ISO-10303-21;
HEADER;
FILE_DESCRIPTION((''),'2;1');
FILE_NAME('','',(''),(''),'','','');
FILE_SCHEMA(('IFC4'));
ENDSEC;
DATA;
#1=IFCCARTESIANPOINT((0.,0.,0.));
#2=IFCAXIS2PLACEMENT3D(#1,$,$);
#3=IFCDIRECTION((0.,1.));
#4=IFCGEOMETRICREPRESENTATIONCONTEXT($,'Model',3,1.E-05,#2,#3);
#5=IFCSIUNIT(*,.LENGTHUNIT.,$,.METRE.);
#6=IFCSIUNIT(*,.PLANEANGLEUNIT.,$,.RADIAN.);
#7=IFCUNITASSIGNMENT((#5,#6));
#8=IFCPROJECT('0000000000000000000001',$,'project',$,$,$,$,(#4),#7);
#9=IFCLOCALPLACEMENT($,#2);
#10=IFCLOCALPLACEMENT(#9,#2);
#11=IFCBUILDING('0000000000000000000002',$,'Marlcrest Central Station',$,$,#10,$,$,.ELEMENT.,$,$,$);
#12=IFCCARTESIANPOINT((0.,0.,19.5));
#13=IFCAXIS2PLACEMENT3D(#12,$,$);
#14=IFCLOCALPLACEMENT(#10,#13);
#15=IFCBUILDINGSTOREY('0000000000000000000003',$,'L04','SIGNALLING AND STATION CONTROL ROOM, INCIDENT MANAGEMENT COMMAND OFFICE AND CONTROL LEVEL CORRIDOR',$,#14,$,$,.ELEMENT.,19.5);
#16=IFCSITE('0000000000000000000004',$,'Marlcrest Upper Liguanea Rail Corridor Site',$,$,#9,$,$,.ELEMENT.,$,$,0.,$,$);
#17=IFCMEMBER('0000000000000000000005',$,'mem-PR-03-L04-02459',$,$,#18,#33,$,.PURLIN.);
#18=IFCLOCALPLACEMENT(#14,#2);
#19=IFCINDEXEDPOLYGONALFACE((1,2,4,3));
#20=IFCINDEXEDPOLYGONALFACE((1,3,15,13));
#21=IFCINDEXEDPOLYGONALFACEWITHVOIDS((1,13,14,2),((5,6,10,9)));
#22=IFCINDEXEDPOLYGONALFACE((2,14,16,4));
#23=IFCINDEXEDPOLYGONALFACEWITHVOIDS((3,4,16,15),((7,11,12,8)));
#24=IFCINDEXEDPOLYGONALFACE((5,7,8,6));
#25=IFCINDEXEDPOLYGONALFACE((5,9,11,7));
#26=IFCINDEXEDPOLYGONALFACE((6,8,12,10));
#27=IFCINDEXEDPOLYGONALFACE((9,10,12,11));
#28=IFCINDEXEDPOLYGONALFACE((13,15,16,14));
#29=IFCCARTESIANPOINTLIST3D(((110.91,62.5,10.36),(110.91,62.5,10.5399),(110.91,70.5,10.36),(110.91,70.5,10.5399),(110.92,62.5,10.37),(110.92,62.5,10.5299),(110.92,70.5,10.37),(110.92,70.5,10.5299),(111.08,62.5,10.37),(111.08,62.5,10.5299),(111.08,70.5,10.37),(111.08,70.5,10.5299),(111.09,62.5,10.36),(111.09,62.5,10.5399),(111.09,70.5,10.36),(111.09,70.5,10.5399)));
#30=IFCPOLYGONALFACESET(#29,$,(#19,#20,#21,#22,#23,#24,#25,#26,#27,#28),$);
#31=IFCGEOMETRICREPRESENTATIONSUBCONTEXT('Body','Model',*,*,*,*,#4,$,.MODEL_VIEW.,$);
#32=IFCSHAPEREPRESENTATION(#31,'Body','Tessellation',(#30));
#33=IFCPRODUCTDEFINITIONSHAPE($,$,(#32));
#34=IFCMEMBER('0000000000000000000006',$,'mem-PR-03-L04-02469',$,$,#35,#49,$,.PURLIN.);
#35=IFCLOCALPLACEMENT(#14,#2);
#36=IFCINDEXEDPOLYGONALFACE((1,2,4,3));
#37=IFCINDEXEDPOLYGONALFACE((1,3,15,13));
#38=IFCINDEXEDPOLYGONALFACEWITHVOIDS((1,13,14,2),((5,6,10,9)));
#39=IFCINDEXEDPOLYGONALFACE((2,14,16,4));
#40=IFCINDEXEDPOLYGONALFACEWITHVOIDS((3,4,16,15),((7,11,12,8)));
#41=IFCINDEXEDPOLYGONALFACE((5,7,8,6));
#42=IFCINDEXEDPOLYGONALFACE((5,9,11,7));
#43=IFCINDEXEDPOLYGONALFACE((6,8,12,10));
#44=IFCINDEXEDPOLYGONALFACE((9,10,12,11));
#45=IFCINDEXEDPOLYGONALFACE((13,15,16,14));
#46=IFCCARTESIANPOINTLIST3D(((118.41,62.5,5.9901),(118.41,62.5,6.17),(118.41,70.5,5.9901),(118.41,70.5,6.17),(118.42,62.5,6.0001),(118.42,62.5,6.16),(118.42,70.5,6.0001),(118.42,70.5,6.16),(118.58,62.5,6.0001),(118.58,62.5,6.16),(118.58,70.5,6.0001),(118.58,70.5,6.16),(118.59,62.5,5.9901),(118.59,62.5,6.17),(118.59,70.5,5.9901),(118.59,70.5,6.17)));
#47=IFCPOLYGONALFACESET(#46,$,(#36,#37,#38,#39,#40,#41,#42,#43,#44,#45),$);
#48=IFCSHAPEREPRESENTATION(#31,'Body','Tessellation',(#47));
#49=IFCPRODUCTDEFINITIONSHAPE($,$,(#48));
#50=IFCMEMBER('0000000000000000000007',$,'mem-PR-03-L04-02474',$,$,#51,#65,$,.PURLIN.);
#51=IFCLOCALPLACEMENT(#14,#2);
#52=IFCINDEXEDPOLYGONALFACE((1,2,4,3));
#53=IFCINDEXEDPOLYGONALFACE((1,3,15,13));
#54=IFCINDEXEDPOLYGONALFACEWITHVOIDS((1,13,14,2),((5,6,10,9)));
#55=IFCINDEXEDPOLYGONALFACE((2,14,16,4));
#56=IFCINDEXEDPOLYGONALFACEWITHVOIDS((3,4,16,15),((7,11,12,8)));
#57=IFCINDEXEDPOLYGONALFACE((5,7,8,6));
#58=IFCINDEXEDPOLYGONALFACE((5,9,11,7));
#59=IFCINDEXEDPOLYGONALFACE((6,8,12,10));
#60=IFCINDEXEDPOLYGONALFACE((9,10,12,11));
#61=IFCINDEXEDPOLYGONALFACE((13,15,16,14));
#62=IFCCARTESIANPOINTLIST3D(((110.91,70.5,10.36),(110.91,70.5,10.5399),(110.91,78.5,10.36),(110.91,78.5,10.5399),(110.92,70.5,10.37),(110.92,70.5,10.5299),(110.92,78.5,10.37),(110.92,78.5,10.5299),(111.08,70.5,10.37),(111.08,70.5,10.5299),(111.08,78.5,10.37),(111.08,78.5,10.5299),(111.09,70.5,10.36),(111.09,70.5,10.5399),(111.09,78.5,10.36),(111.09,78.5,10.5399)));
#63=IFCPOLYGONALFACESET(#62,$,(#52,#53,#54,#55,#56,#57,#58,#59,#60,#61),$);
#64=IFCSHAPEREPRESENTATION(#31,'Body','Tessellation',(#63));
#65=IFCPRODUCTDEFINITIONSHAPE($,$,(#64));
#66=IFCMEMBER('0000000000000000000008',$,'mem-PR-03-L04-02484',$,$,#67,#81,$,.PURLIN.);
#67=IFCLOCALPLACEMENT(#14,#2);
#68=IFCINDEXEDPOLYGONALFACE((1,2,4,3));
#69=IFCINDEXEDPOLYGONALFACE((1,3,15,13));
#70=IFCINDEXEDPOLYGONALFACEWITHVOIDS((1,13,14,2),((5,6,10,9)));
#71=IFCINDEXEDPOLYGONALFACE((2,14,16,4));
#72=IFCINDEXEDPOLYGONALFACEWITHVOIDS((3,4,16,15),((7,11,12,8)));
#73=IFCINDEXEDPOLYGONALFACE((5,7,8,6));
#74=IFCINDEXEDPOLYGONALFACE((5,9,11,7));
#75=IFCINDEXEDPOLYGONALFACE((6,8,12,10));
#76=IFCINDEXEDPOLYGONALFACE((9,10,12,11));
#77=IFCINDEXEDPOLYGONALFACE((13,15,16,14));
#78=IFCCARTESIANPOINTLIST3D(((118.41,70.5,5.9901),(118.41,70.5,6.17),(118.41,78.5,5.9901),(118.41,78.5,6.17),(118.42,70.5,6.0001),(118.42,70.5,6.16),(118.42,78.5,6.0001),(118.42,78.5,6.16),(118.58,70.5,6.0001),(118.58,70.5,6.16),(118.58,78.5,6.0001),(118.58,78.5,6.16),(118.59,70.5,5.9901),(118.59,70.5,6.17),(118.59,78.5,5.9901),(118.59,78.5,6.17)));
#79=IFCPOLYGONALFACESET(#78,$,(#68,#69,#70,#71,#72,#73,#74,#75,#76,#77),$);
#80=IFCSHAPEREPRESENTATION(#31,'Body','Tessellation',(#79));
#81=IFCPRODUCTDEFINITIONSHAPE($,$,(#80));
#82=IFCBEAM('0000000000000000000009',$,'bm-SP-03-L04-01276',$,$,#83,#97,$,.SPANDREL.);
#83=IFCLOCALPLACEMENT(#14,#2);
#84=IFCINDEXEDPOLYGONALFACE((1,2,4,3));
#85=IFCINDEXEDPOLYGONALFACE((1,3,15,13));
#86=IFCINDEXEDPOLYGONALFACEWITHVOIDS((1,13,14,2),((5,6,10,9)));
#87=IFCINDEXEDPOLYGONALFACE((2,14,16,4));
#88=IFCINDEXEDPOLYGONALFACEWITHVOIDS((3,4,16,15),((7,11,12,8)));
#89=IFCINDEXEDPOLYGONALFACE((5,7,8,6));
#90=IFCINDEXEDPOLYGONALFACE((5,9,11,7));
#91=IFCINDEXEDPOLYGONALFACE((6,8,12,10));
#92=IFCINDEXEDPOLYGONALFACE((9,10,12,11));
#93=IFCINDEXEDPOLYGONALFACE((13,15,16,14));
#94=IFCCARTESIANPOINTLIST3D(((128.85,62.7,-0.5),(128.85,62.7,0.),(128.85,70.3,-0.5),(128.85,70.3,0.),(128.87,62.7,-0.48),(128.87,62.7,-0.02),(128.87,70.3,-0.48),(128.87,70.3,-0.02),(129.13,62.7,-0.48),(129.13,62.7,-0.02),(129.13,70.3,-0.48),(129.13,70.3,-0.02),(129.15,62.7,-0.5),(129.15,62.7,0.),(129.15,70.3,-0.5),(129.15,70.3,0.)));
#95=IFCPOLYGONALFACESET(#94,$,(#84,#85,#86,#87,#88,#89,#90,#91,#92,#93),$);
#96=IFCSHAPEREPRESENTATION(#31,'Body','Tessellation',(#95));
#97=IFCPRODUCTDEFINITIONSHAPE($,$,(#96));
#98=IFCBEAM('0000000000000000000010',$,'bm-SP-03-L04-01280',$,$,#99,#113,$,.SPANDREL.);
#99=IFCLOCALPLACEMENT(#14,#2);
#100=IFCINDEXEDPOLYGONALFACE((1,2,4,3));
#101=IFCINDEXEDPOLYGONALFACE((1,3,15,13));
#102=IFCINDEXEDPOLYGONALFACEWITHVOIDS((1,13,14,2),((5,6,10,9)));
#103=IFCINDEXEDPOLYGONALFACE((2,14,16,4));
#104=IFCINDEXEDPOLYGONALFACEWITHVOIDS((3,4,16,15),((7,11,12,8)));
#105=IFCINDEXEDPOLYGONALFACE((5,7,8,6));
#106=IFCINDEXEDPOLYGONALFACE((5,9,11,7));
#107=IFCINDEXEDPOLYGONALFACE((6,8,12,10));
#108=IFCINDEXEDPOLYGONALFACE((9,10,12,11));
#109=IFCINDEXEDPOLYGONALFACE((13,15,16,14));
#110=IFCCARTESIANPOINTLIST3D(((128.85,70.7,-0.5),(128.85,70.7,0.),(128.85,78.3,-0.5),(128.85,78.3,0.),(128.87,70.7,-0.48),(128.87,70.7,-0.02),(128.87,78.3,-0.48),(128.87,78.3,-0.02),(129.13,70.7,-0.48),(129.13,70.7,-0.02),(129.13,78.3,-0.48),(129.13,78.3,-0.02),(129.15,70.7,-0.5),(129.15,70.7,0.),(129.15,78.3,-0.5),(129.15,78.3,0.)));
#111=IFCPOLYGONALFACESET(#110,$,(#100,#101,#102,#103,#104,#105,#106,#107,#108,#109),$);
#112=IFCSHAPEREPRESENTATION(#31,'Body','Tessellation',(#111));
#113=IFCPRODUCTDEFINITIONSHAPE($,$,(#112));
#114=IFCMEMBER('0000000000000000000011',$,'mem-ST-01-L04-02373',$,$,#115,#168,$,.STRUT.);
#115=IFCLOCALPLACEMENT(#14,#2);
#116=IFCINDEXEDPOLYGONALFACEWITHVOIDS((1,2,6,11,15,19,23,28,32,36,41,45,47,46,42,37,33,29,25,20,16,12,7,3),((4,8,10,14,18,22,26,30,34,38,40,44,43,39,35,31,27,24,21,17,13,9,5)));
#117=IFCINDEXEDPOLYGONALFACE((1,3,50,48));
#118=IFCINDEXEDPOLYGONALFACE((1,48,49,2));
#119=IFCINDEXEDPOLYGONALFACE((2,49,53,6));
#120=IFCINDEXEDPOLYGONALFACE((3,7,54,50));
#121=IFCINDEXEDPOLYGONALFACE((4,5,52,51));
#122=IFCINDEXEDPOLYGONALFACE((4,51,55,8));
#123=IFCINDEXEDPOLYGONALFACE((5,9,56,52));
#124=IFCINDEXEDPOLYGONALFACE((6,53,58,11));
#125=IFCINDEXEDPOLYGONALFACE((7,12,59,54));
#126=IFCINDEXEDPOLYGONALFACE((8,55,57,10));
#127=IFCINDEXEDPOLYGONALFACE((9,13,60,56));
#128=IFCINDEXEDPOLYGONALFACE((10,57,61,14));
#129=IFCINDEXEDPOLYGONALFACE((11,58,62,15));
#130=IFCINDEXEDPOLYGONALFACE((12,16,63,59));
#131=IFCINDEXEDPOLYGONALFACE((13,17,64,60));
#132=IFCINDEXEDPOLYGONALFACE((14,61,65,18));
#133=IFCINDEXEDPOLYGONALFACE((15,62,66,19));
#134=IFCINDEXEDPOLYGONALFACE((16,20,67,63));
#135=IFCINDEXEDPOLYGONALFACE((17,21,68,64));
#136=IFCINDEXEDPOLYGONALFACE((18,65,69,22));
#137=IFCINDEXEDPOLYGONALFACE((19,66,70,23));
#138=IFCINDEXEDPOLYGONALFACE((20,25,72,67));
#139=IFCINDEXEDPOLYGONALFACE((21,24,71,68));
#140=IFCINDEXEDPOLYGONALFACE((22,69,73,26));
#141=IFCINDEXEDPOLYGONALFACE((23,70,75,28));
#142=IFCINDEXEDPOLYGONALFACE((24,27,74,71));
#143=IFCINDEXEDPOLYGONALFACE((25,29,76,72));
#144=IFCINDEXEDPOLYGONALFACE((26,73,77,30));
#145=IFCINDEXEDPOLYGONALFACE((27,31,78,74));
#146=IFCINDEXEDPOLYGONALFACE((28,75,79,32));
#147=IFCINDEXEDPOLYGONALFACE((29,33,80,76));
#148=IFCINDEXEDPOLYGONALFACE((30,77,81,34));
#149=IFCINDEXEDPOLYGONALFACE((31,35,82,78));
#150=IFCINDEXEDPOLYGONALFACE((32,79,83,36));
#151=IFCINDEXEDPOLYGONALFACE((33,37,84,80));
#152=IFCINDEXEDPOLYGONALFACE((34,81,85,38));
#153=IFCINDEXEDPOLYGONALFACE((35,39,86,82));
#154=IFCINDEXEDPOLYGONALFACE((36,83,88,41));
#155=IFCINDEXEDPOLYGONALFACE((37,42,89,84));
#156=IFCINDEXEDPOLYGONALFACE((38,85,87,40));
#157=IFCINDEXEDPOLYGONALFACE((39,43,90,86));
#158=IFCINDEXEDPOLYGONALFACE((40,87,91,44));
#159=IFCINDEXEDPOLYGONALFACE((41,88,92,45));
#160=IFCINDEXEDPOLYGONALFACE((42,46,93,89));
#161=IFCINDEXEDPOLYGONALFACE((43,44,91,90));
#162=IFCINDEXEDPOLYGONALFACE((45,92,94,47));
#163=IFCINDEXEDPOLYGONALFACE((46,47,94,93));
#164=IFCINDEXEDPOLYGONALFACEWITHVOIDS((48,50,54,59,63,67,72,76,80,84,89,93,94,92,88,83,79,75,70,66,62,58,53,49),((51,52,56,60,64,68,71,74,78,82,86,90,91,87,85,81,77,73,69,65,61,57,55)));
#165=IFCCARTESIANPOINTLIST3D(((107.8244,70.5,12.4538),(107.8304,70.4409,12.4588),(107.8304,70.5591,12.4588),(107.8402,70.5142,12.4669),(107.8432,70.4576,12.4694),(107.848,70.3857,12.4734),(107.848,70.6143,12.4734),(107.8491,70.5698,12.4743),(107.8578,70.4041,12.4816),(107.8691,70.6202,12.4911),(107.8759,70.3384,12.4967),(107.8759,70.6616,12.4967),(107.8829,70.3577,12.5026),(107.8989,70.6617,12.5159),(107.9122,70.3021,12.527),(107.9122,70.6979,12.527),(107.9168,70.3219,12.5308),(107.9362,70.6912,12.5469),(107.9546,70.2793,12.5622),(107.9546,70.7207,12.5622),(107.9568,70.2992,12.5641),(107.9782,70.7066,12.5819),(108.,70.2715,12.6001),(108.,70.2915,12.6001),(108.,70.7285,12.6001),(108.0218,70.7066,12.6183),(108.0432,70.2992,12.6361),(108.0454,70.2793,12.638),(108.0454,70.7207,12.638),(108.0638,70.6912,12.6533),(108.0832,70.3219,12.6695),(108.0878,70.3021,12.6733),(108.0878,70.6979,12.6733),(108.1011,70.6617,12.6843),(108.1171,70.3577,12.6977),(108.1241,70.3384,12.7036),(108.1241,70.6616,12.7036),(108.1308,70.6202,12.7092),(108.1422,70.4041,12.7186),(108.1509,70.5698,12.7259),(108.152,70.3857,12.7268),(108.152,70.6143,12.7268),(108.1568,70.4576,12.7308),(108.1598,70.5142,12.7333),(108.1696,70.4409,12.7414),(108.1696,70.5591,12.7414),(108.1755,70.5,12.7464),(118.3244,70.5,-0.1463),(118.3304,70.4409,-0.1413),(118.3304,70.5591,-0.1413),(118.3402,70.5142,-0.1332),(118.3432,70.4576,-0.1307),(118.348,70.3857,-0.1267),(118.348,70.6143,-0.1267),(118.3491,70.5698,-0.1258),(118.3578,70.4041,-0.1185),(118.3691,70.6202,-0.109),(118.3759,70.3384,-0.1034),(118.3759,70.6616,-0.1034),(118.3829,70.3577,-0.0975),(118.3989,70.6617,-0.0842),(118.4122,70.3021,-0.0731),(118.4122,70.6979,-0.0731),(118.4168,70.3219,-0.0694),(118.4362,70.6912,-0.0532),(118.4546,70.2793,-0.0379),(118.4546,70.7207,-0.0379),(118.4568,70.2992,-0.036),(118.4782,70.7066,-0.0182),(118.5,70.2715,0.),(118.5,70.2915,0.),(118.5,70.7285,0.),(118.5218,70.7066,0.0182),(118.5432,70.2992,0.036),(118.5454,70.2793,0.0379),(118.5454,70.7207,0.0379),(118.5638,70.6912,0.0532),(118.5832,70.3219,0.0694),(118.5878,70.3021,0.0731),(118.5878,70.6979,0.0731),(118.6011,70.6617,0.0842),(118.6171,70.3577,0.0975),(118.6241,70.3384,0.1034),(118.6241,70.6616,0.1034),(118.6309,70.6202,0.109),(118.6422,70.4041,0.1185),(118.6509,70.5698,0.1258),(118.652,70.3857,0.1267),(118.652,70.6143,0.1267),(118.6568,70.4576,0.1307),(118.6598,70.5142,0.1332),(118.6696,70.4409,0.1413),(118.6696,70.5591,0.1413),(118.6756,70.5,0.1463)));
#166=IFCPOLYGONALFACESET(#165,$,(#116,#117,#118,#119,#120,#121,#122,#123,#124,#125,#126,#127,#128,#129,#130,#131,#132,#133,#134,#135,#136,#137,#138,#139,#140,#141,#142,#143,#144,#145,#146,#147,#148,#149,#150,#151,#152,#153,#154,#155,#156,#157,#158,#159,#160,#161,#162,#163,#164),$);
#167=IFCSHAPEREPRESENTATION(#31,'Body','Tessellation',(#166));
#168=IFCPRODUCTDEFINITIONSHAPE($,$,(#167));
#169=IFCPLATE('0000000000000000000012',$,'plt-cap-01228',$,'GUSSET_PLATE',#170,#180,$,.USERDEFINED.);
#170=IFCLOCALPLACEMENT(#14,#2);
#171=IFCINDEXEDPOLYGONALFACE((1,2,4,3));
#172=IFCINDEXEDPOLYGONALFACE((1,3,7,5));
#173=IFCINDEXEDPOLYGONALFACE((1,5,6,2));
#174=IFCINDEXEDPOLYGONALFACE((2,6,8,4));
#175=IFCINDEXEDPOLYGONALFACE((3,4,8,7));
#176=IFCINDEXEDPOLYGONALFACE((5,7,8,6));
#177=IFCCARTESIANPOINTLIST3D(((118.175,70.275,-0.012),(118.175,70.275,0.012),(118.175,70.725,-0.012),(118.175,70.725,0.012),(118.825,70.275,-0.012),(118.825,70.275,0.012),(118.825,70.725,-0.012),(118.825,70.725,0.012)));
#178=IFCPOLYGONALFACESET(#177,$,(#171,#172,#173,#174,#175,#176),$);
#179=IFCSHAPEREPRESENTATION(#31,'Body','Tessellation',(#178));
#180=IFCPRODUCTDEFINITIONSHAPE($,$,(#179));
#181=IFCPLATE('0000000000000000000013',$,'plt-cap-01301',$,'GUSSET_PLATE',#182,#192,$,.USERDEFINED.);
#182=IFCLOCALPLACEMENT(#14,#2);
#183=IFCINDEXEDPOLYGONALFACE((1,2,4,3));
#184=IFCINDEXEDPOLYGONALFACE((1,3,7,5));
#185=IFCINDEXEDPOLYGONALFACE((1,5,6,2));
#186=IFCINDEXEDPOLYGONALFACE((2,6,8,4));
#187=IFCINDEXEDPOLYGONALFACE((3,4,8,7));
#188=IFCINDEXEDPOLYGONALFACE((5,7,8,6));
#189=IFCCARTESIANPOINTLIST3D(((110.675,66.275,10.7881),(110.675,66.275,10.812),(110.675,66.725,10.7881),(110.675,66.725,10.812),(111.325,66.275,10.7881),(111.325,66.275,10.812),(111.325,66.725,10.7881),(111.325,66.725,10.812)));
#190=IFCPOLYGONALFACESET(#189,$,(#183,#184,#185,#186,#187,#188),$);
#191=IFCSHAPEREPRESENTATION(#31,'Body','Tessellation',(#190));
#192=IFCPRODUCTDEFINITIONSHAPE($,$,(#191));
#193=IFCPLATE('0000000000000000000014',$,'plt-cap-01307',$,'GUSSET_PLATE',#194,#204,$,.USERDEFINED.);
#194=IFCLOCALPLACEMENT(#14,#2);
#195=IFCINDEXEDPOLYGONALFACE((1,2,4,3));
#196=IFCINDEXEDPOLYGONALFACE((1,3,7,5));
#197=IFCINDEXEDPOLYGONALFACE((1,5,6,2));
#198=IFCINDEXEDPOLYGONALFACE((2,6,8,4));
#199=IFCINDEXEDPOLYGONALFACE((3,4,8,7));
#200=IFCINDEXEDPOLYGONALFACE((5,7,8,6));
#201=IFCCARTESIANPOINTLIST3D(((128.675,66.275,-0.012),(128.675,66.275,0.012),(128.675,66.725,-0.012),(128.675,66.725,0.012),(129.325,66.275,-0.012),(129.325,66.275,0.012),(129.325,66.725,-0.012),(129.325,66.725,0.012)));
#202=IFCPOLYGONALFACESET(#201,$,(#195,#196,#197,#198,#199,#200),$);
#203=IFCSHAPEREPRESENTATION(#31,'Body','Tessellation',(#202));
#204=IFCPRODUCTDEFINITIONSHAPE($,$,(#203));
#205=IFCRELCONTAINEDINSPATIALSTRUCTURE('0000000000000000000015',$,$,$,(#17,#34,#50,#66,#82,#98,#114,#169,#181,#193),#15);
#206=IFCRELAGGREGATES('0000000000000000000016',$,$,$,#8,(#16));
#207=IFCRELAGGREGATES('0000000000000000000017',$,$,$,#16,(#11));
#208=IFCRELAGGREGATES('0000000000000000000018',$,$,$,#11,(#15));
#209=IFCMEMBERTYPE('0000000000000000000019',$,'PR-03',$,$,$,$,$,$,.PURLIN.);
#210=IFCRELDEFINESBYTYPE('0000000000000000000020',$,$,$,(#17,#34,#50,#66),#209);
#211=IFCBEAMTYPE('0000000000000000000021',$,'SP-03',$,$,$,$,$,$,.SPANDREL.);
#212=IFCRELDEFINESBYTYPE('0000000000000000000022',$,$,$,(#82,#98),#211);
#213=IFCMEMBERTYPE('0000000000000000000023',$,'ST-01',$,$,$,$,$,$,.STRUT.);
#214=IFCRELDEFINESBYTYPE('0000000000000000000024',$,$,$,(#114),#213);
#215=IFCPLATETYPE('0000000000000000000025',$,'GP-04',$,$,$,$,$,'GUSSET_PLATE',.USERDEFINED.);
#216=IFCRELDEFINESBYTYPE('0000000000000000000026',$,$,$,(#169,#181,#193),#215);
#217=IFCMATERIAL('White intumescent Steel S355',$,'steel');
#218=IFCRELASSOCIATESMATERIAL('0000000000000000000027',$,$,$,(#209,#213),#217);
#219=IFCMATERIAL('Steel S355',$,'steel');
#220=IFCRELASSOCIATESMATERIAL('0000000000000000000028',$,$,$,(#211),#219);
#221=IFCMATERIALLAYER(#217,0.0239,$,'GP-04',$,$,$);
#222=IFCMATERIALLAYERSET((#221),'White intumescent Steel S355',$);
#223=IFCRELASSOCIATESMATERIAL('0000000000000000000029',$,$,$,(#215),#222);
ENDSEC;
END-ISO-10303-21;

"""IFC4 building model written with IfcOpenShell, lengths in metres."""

from ifc_helpers import new_model, si_unit, direction, frame, origin, origin_2d, place, context, subcontext, project, spatial, rectangle, hollow_rectangle, hollow_circle, extrude, material, layer, layer_set, material_profile, profile_set, type_object, element, save


model = new_model("IFC4")

# Units and contexts
model_context = context("Model", 3, precision=1e-05, world=origin(), true_north=direction((0.0, 1.0)))
body_context = subcontext(model_context, "Body", "Model", "MODEL_VIEW")
ifc_project = project(units=[si_unit("LENGTHUNIT", "METRE"), si_unit("PLANEANGLEUNIT", "RADIAN")], contexts=[model_context])

# Site, building, storey
site_placement = place(None, origin())
site = spatial("IfcSite", under=ifc_project, at=site_placement, Name="Marlcrest Upper Liguanea Rail Corridor Site", CompositionType="ELEMENT", RefElevation=0.0)
building_placement = place(site_placement, origin())
building = spatial("IfcBuilding", under=site, at=building_placement, Name="Marlcrest Central Station", CompositionType="ELEMENT")
storey_placement = place(building_placement, frame((0.0, 0.0, 19.5)))
storey = spatial("IfcBuildingStorey", under=building, at=storey_placement, Name="L04", Description="SIGNALLING AND STATION CONTROL ROOM, INCIDENT MANAGEMENT COMMAND OFFICE AND CONTROL LEVEL CORRIDOR", CompositionType="ELEMENT", Elevation=19.5)

# Members
ifc_material_1 = material(Name="White intumescent Steel S355", Category="steel")
ifc_material_profile_1 = material_profile(ifc_material_1, hollow_rectangle(XDim=0.1799, YDim=0.1799, WallThickness=0.01, at=origin_2d()), Name="SHS 180x180x10")
ifc_profile_set_1 = profile_set([ifc_material_profile_1], Name="White intumescent Steel S355")
member_type_1 = type_object("IfcMemberType", Name="PR-03", PredefinedType="PURLIN", material=ifc_profile_set_1)
for number, where, z_axis, x_axis, name in (
    (1, (111.0, 62.5, 10.45), (0.0, 1.0, 0.0), (-1.0, 0.0, 0.0), "mem-PR-03-L04-02459"),
    (2, (118.5, 62.5, 6.0801), (0.0, 1.0, 0.0), (-1.0, 0.0, 0.0), "mem-PR-03-L04-02469"),
    (3, (111.0, 70.5, 10.45), (0.0, 1.0, 0.0), (-1.0, 0.0, 0.0), "mem-PR-03-L04-02474"),
    (4, (118.5, 70.5, 6.0801), (0.0, 1.0, 0.0), (-1.0, 0.0, 0.0), "mem-PR-03-L04-02484"),
):
    element("IfcMember", number, at=place(storey_placement, frame(where, z_axis=z_axis, x_axis=x_axis)), inside=storey, type_object=member_type_1, Name=name, PredefinedType="PURLIN", context=body_context, shape_type="SweptSolid", body=[
        extrude(hollow_rectangle(XDim=0.1799, YDim=0.1799, WallThickness=0.01, at=origin_2d()), origin(), (0.0, 0.0, 1.0), 8.0),
    ])

# Beams
ifc_material_2 = material(Name="Steel S355", Category="steel")
ifc_material_profile_2 = material_profile(ifc_material_2, hollow_rectangle(XDim=0.3, YDim=0.5, WallThickness=0.02, at=origin_2d()), Name="RHS 500x300x20")
ifc_profile_set_2 = profile_set([ifc_material_profile_2], Name="Steel S355")
beam_type = type_object("IfcBeamType", Name="SP-03", PredefinedType="SPANDREL", material=ifc_profile_set_2)
for number, where, z_axis, x_axis, name in (
    (5, (129.0, 62.7, -0.25), (0.0, 1.0, 0.0), (-1.0, 0.0, 0.0), "bm-SP-03-L04-01276"),
    (6, (129.0, 70.7, -0.25), (0.0, 1.0, 0.0), (-1.0, 0.0, 0.0), "bm-SP-03-L04-01280"),
):
    element("IfcBeam", number, at=place(storey_placement, frame(where, z_axis=z_axis, x_axis=x_axis)), inside=storey, type_object=beam_type, Name=name, PredefinedType="SPANDREL", context=body_context, shape_type="SweptSolid", body=[
        extrude(hollow_rectangle(XDim=0.3, YDim=0.5, WallThickness=0.02, at=origin_2d()), origin(), (0.0, 0.0, 1.0), 7.6001),
    ])

# Member
ifc_material_profile_3 = material_profile(ifc_material_1, hollow_circle(Radius=0.2285, WallThickness=0.02, at=origin_2d()), Name="CHS 457x20")
ifc_profile_set_3 = profile_set([ifc_material_profile_3], Name="White intumescent Steel S355")
member_type_2 = type_object("IfcMemberType", Name="ST-01", PredefinedType="STRUT", material=ifc_profile_set_3)
member_placement = place(storey_placement, frame((118.5, 70.5, 0.0), z_axis=(-0.640181, 0.0, 0.768224), x_axis=(0.0, -1.0, 0.0)))
element("IfcMember", 7, at=member_placement, inside=storey, type_object=member_type_2, Name="mem-ST-01-L04-02373", PredefinedType="STRUT", context=body_context, shape_type="SweptSolid", body=[
    extrude(hollow_circle(Radius=0.2285, WallThickness=0.02, at=origin_2d()), origin(), (0.0, 0.0, 1.0), 16.4016),
])

# Plates
ifc_layer_1 = layer(ifc_material_1, 0.0239, Name="GP-04")
ifc_layer_set_1 = layer_set([ifc_layer_1], Name="White intumescent Steel S355")
plate_type_1 = type_object("IfcPlateType", Name="GP-04", ElementType="GUSSET_PLATE", PredefinedType="USERDEFINED", material=ifc_layer_set_1)
for number, where, z_axis, x_axis, name in (
    (8, (118.5, 70.5, -0.012), (0.0, 0.0, 1.0), (1.0, 0.0, 0.0), "plt-cap-01228"),
    (9, (111.0, 66.5, 10.7881), (0.0, 0.0, 1.0), (1.0, 0.0, 0.0), "plt-cap-01301"),
    (10, (129.0, 66.5, -0.012), (0.0, 0.0, 1.0), (1.0, 0.0, 0.0), "plt-cap-01307"),
):
    element("IfcPlate", number, at=place(storey_placement, frame(where, z_axis=z_axis, x_axis=x_axis)), inside=storey, type_object=plate_type_1, Name=name, ObjectType="GUSSET_PLATE", PredefinedType="USERDEFINED", context=body_context, shape_type="SweptSolid", body=[
        extrude(rectangle(XDim=0.6499, YDim=0.45, at=origin_2d()), origin(), (0.0, 0.0, 1.0), 0.0239),
    ])

save(model, "model.ifc")
